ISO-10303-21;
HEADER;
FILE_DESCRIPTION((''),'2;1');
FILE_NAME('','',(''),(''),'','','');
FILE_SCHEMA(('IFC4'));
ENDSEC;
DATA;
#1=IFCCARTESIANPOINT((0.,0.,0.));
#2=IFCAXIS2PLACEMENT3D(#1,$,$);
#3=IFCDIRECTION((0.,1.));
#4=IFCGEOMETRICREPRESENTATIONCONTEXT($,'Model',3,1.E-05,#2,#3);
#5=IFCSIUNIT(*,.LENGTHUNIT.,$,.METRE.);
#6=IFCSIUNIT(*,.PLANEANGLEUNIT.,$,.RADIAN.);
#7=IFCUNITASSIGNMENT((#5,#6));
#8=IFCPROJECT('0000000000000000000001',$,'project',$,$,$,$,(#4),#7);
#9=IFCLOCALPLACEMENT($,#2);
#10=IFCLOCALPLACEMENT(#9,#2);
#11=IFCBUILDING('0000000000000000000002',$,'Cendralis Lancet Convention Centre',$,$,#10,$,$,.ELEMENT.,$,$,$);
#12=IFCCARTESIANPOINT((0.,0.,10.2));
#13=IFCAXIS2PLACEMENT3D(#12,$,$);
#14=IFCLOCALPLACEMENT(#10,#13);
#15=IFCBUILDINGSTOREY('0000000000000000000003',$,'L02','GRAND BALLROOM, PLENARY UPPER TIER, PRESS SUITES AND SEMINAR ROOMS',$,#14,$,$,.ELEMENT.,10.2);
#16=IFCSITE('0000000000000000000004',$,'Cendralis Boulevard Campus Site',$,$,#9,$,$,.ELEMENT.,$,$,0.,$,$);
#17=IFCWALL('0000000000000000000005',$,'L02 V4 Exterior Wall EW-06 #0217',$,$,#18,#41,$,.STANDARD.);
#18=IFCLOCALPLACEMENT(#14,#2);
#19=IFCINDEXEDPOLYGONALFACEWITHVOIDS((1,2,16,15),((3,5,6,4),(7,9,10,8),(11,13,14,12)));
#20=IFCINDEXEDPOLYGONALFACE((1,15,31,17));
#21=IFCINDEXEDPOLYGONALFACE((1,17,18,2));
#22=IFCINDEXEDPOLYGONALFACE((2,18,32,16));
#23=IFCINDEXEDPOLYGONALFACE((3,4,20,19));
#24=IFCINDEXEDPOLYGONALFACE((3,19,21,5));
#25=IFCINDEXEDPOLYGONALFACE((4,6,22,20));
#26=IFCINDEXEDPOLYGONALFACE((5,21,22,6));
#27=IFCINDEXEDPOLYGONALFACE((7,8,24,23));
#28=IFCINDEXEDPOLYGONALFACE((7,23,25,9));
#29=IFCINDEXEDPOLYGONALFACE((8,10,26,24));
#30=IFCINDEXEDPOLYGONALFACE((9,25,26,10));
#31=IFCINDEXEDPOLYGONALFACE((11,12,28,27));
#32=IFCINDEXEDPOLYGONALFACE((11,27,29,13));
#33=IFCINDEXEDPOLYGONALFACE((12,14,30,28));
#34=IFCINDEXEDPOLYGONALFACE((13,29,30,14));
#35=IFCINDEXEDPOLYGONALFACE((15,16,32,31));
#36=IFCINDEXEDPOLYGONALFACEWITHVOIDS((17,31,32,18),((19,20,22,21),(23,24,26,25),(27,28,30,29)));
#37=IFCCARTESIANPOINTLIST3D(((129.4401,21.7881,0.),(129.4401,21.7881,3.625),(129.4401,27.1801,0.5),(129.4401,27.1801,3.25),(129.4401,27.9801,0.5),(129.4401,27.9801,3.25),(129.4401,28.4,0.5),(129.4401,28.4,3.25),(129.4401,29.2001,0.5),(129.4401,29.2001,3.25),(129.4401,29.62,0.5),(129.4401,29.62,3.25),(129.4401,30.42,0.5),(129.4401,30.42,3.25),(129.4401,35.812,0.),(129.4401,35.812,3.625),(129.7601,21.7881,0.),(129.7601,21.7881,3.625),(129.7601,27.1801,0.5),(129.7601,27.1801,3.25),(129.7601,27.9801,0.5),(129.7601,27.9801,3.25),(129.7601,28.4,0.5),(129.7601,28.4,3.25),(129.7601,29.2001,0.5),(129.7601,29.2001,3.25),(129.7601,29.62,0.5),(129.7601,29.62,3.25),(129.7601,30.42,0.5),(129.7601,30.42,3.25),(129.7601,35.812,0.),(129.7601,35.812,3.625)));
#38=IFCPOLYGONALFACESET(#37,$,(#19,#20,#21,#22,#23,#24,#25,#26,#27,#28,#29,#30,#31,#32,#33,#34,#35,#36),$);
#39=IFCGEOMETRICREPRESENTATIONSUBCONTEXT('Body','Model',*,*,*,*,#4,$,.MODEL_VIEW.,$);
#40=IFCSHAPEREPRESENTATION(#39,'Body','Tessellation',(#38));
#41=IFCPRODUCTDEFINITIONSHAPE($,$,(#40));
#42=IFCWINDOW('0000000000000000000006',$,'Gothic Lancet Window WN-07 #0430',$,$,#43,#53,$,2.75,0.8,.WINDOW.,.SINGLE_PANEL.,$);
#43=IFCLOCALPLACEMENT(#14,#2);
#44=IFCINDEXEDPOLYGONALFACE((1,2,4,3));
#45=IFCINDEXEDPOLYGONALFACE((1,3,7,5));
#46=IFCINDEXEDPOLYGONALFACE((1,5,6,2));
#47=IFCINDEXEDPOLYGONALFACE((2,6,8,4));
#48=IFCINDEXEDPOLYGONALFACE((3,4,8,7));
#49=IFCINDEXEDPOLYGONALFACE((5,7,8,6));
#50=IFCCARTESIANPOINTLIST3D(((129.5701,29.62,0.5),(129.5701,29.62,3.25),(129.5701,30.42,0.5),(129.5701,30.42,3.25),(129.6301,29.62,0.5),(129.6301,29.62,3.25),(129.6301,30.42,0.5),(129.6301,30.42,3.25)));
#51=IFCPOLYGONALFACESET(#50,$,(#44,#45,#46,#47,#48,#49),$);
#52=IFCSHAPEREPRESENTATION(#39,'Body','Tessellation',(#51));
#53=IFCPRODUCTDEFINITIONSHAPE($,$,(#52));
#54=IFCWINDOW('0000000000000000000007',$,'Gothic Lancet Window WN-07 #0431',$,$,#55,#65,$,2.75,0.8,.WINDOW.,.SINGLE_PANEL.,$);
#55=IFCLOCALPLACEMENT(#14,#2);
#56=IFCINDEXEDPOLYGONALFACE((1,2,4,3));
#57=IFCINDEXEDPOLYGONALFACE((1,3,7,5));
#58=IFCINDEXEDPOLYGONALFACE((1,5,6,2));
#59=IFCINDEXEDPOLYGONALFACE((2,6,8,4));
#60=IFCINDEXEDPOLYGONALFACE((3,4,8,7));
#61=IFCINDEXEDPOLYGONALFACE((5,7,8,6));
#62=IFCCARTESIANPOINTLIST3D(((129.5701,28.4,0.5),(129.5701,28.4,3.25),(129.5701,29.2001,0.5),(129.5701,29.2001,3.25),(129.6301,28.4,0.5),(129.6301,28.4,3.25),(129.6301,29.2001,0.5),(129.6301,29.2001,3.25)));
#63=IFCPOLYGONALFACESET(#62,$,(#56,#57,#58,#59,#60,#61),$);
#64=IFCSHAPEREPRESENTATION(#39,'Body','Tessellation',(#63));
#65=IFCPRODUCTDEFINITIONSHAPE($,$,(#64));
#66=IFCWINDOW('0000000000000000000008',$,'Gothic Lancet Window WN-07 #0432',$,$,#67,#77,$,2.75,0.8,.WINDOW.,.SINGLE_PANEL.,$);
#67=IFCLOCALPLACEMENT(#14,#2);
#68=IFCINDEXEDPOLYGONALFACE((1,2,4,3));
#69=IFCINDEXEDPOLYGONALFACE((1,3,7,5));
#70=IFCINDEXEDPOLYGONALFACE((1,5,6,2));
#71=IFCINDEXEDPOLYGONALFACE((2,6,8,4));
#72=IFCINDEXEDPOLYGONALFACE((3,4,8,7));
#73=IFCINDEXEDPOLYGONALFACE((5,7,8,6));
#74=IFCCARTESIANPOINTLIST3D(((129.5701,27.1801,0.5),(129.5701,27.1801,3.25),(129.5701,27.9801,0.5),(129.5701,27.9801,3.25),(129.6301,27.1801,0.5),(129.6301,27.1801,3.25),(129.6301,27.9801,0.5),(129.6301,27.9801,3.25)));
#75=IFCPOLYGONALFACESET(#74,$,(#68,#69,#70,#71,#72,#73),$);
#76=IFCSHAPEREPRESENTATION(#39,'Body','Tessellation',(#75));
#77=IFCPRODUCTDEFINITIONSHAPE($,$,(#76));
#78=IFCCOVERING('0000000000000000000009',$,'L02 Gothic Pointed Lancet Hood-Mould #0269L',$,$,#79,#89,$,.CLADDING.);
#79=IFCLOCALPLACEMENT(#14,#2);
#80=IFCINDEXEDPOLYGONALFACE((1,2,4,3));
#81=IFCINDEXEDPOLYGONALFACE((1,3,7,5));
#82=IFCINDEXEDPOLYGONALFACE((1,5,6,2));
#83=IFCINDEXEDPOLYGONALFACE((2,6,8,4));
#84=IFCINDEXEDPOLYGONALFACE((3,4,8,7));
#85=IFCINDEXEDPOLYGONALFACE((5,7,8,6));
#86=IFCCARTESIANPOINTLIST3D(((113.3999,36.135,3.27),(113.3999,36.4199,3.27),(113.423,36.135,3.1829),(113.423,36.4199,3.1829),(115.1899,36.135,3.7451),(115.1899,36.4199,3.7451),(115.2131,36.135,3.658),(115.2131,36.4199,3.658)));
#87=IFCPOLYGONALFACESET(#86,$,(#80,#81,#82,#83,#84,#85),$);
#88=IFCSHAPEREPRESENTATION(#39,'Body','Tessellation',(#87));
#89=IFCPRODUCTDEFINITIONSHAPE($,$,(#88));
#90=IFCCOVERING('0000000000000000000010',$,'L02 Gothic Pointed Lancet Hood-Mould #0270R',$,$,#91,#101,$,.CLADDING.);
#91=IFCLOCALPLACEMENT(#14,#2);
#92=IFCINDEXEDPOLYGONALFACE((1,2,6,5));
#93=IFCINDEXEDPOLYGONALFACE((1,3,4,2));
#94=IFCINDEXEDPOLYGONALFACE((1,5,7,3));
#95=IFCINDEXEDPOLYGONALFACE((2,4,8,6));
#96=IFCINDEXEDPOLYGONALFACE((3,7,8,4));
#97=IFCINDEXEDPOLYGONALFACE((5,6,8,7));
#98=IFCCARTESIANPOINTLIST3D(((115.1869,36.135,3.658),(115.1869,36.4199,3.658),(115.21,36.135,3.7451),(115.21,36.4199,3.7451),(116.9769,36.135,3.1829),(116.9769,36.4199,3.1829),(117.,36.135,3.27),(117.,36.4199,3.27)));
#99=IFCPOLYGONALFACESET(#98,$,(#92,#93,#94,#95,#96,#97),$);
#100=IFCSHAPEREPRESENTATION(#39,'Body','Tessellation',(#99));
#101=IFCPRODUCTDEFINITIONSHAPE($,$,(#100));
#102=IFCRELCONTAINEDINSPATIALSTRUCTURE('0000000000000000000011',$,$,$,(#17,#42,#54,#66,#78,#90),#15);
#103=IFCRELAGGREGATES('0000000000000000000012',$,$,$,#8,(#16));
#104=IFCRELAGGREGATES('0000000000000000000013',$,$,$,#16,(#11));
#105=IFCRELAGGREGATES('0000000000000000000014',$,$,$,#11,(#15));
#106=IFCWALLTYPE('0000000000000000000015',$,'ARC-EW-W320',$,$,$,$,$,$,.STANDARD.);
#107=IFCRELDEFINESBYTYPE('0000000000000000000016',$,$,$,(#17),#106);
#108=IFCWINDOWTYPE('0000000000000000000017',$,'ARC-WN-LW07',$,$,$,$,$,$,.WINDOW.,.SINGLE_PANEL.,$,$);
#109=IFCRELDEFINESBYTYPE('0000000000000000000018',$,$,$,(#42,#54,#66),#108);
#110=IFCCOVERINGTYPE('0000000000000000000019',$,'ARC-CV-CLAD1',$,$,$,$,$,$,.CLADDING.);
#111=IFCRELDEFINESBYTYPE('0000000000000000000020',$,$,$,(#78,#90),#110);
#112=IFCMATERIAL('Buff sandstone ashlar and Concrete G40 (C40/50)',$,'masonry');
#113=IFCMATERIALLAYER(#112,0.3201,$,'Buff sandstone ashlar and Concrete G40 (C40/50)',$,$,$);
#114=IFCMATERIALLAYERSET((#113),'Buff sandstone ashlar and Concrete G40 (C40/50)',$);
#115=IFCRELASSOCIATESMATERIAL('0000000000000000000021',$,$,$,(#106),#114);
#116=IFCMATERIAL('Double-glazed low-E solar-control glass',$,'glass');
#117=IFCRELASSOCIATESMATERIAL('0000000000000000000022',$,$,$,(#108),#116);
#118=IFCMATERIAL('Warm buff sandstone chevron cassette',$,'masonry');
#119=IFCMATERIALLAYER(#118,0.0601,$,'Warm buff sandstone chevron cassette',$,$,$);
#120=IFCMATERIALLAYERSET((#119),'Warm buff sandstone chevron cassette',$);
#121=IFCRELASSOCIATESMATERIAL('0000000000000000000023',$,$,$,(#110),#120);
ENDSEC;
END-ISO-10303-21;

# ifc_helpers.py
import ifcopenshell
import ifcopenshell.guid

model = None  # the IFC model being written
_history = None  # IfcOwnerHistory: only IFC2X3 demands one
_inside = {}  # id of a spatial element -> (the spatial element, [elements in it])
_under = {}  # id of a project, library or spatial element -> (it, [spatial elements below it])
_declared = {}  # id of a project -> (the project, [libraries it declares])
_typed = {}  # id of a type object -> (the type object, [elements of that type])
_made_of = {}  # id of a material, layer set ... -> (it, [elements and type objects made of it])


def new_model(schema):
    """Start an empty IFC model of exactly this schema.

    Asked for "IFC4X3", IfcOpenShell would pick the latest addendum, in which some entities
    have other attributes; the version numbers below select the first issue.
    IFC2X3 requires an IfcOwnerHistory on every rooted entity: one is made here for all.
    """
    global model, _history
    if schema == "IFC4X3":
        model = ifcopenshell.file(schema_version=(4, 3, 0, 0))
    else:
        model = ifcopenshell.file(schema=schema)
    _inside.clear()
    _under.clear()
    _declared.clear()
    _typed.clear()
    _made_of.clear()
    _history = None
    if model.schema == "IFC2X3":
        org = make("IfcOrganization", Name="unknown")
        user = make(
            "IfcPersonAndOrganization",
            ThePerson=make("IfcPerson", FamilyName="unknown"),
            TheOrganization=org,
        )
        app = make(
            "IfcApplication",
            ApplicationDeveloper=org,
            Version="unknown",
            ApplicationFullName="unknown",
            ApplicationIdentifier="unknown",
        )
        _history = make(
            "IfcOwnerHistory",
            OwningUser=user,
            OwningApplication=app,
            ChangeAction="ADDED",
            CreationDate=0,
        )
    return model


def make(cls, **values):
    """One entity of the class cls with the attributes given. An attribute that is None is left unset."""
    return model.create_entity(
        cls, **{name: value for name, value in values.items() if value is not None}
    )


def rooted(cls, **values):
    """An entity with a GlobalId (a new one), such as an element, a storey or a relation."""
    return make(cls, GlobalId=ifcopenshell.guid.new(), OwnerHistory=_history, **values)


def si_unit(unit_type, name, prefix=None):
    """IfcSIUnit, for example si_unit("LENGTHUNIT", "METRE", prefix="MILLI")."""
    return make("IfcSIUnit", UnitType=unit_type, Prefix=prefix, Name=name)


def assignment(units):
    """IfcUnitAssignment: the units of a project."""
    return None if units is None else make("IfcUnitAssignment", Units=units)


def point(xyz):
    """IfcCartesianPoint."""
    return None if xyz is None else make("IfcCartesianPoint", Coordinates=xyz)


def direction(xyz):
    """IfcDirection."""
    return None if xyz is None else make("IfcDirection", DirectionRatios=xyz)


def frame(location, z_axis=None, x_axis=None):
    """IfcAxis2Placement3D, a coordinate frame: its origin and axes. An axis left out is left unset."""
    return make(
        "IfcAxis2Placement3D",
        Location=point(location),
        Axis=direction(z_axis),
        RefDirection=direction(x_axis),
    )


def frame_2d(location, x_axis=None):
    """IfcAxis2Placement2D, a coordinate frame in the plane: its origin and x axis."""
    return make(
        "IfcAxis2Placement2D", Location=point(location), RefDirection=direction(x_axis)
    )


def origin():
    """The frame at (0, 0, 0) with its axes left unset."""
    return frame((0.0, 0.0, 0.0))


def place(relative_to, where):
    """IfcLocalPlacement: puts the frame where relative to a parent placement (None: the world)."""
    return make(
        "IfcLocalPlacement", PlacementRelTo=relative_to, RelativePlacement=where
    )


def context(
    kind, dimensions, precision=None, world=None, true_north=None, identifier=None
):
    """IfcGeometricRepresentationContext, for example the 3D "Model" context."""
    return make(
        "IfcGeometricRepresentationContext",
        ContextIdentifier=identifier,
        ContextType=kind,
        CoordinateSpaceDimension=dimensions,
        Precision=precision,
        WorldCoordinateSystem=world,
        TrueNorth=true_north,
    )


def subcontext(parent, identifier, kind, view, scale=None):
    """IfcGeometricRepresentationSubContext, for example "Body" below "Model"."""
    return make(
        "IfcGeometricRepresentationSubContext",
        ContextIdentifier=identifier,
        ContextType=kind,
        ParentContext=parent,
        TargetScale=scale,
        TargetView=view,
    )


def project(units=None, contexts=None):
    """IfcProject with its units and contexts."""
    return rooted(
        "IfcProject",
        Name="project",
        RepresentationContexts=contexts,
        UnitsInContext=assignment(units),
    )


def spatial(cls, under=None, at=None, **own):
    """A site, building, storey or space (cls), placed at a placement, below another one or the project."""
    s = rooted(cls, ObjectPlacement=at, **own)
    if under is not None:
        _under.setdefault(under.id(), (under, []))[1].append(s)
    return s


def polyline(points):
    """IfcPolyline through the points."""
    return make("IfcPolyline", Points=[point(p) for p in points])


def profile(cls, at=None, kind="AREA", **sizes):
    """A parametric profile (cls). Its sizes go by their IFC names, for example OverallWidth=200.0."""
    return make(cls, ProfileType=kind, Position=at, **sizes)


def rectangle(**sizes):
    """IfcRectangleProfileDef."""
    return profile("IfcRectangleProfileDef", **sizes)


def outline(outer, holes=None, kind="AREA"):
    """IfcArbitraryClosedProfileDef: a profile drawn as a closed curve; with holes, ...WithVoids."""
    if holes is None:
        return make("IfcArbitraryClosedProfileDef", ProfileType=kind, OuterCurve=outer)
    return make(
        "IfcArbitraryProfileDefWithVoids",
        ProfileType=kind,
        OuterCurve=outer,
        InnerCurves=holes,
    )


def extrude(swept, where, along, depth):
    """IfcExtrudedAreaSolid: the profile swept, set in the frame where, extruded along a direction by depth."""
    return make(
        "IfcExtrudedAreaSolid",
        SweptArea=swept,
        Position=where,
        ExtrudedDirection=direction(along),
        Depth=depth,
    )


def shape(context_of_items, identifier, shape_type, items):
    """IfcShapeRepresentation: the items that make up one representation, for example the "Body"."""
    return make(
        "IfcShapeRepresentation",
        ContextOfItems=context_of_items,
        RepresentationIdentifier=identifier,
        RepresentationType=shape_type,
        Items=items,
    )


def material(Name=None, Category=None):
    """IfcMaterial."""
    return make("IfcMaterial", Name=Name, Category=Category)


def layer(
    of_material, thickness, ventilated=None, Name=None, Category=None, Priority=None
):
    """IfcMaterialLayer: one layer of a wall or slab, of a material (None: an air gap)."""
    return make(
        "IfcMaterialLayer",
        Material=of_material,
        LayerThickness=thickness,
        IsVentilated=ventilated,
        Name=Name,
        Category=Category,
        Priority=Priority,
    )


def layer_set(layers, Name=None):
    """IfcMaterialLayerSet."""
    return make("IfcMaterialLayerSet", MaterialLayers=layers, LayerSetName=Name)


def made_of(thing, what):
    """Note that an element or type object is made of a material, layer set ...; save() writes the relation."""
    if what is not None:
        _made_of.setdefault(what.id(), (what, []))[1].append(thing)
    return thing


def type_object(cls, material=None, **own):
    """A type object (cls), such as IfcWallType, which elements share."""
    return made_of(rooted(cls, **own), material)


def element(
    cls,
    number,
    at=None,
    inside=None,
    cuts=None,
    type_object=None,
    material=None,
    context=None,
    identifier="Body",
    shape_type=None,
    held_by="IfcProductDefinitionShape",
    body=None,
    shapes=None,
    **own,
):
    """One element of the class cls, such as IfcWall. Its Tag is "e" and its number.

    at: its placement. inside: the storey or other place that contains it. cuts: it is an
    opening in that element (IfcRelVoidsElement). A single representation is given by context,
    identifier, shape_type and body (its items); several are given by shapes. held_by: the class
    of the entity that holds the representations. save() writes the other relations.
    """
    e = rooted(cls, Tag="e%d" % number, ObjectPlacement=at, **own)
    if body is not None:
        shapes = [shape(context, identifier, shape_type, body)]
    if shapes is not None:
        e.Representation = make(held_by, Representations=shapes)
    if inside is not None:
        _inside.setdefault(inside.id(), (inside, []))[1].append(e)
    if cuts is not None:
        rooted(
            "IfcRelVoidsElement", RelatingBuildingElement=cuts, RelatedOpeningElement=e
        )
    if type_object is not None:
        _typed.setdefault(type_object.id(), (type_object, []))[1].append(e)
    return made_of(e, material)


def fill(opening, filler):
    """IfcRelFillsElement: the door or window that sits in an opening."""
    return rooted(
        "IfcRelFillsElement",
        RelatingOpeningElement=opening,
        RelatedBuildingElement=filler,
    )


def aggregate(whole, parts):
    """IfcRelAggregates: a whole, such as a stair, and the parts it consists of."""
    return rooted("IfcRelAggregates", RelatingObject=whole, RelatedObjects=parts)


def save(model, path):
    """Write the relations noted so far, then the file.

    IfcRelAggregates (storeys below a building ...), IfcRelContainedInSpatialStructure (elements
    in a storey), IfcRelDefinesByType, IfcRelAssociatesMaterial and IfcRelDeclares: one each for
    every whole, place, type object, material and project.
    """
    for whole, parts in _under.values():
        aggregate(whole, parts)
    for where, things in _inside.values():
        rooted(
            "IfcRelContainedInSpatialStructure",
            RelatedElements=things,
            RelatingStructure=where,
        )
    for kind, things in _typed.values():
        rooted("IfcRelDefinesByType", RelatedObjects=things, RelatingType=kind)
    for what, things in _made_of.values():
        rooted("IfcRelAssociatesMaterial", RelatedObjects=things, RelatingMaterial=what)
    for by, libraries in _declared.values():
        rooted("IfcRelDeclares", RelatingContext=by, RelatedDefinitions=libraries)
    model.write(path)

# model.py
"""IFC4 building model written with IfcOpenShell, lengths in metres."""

from ifc_helpers import new_model, si_unit, direction, frame, frame_2d, origin, place, context, subcontext, project, spatial, polyline, rectangle, outline, extrude, material, layer, layer_set, type_object, element, fill, save


model = new_model("IFC4")

# Units and contexts
model_context = context("Model", 3, precision=1e-05, world=origin(), true_north=direction((0.0, 1.0)))
body_context = subcontext(model_context, "Body", "Model", "MODEL_VIEW")
ifc_project = project(units=[si_unit("LENGTHUNIT", "METRE"), si_unit("PLANEANGLEUNIT", "RADIAN")], contexts=[model_context])

# Site, building, storey
site_placement = place(None, origin())
site = spatial("IfcSite", under=ifc_project, at=site_placement, Name="Cendralis Boulevard Campus Site", CompositionType="ELEMENT", RefElevation=0.0)
building_placement = place(site_placement, origin())
building = spatial("IfcBuilding", under=site, at=building_placement, Name="Cendralis Lancet Convention Centre", CompositionType="ELEMENT")
storey_placement = place(building_placement, frame((0.0, 0.0, 10.2)))
storey = spatial("IfcBuildingStorey", under=building, at=storey_placement, Name="L02", Description="GRAND BALLROOM, PLENARY UPPER TIER, PRESS SUITES AND SEMINAR ROOMS", CompositionType="ELEMENT", Elevation=10.2)

# Shared definitions
ifc_material_1 = material(Name="Double-glazed low-E solar-control glass", Category="glass")

# Wall, openings, windows
ifc_material_2 = material(Name="Buff sandstone ashlar and Concrete G40 (C40/50)", Category="masonry")
ifc_layer_1 = layer(ifc_material_2, 0.3201, Name="Buff sandstone ashlar and Concrete G40 (C40/50)")
ifc_layer_set_1 = layer_set([ifc_layer_1], Name="Buff sandstone ashlar and Concrete G40 (C40/50)")
wall_type = type_object("IfcWallType", Name="ARC-EW-W320", PredefinedType="STANDARD", material=ifc_layer_set_1)
window_type_1 = type_object("IfcWindowType", Name="ARC-WN-LW07", PartitioningType="SINGLE_PANEL", PredefinedType="WINDOW", material=ifc_material_1)
wall_1_placement = place(storey_placement, frame((129.6001, 35.812, 0.0), z_axis=(0.0, 0.0, 1.0), x_axis=(0.0, -1.0, 0.0)))
wall_1 = element("IfcWall", 1, at=wall_1_placement, inside=storey, type_object=wall_type, Name="L02 V4 Exterior Wall EW-06 #0217", PredefinedType="STANDARD", context=body_context, shape_type="SweptSolid", body=[
    extrude(rectangle(XDim=14.0239, YDim=0.3201, at=frame_2d((7.012, 0.0))), origin(), (0.0, 0.0, 1.0), 3.625),
])
opening_1_placement = place(wall_1_placement, frame((5.3921, 0.0, 0.5)))
opening_1 = element("IfcOpeningElement", 2, at=opening_1_placement, cuts=wall_1, PredefinedType="OPENING", context=body_context, shape_type="SweptSolid", body=[
    extrude(rectangle(XDim=0.8, YDim=2.75, at=frame_2d((0.3999, 1.375))), frame((0.0, 0.1699, 0.0), z_axis=(0.0, -1.0, 0.0), x_axis=(1.0, 0.0, 0.0)), (0.0, 0.0, 1.0), 0.3401),
])
opening_2_placement = place(wall_1_placement, frame((6.6121, 0.0, 0.5)))
opening_2 = element("IfcOpeningElement", 3, at=opening_2_placement, cuts=wall_1, PredefinedType="OPENING", context=body_context, shape_type="SweptSolid", body=[
    extrude(rectangle(XDim=0.8, YDim=2.75, at=frame_2d((0.3999, 1.375))), frame((0.0, 0.1699, 0.0), z_axis=(0.0, -1.0, 0.0), x_axis=(1.0, 0.0, 0.0)), (0.0, 0.0, 1.0), 0.3401),
])
opening_3_placement = place(wall_1_placement, frame((7.832, 0.0, 0.5)))
opening_3 = element("IfcOpeningElement", 4, at=opening_3_placement, cuts=wall_1, PredefinedType="OPENING", context=body_context, shape_type="SweptSolid", body=[
    extrude(rectangle(XDim=0.8, YDim=2.75, at=frame_2d((0.3999, 1.375))), frame((0.0, 0.1699, 0.0), z_axis=(0.0, -1.0, 0.0), x_axis=(1.0, 0.0, 0.0)), (0.0, 0.0, 1.0), 0.3401),
])
window_1_placement = place(opening_1_placement, origin())
window_1 = element("IfcWindow", 5, at=window_1_placement, inside=storey, type_object=window_type_1, Name="Gothic Lancet Window WN-07 #0430", OverallHeight=2.75, OverallWidth=0.8, PartitioningType="SINGLE_PANEL", PredefinedType="WINDOW", context=body_context, shape_type="SweptSolid", body=[
    extrude(rectangle(XDim=0.8, YDim=2.75, at=frame_2d((0.3999, 1.375))), frame((0.0, 0.03, 0.0), z_axis=(0.0, -1.0, 0.0), x_axis=(1.0, 0.0, 0.0)), (0.0, 0.0, 1.0), 0.0601),
])
fill(opening_1, window_1)
window_2_placement = place(opening_2_placement, origin())
window_2 = element("IfcWindow", 6, at=window_2_placement, inside=storey, type_object=window_type_1, Name="Gothic Lancet Window WN-07 #0431", OverallHeight=2.75, OverallWidth=0.8, PartitioningType="SINGLE_PANEL", PredefinedType="WINDOW", context=body_context, shape_type="SweptSolid", body=[
    extrude(rectangle(XDim=0.8, YDim=2.75, at=frame_2d((0.3999, 1.375))), frame((0.0, 0.03, 0.0), z_axis=(0.0, -1.0, 0.0), x_axis=(1.0, 0.0, 0.0)), (0.0, 0.0, 1.0), 0.0601),
])
fill(opening_2, window_2)
window_3_placement = place(opening_3_placement, origin())
window_3 = element("IfcWindow", 7, at=window_3_placement, inside=storey, type_object=window_type_1, Name="Gothic Lancet Window WN-07 #0432", OverallHeight=2.75, OverallWidth=0.8, PartitioningType="SINGLE_PANEL", PredefinedType="WINDOW", context=body_context, shape_type="SweptSolid", body=[
    extrude(rectangle(XDim=0.8, YDim=2.75, at=frame_2d((0.3999, 1.375))), frame((0.0, 0.03, 0.0), z_axis=(0.0, -1.0, 0.0), x_axis=(1.0, 0.0, 0.0)), (0.0, 0.0, 1.0), 0.0601),
])
fill(opening_3, window_3)

# Coverings
ifc_material_3 = material(Name="Warm buff sandstone chevron cassette", Category="masonry")
ifc_layer_2 = layer(ifc_material_3, 0.0601, Name="Warm buff sandstone chevron cassette")
ifc_layer_set_2 = layer_set([ifc_layer_2], Name="Warm buff sandstone chevron cassette")
covering_type = type_object("IfcCoveringType", Name="ARC-CV-CLAD1", PredefinedType="CLADDING", material=ifc_layer_set_2)
for number, where, z_axis, x_axis, name in (
    (8, (113.3999, 36.4199, 3.27), (-0.25653, 0.0, 0.966536), (0.0, -1.0, 0.0), "L02 Gothic Pointed Lancet Hood-Mould #0269L"),
    (9, (115.21, 36.4199, 3.7451), (0.25653, 0.0, 0.966536), (0.0, -1.0, 0.0), "L02 Gothic Pointed Lancet Hood-Mould #0270R"),
):
    element("IfcCovering", number, at=place(storey_placement, frame(where, z_axis=z_axis, x_axis=x_axis)), inside=storey, type_object=covering_type, Name=name, PredefinedType="CLADDING", context=body_context, shape_type="SweptSolid", body=[
        extrude(outline(polyline([(0.0, 0.0), (0.2849, 0.0), (0.2849, 1.852), (0.0, 1.852), (0.0, 0.0)])), origin(), (0.0, 0.0, -1.0), 0.0901),
    ])

save(model, "model.ifc")
